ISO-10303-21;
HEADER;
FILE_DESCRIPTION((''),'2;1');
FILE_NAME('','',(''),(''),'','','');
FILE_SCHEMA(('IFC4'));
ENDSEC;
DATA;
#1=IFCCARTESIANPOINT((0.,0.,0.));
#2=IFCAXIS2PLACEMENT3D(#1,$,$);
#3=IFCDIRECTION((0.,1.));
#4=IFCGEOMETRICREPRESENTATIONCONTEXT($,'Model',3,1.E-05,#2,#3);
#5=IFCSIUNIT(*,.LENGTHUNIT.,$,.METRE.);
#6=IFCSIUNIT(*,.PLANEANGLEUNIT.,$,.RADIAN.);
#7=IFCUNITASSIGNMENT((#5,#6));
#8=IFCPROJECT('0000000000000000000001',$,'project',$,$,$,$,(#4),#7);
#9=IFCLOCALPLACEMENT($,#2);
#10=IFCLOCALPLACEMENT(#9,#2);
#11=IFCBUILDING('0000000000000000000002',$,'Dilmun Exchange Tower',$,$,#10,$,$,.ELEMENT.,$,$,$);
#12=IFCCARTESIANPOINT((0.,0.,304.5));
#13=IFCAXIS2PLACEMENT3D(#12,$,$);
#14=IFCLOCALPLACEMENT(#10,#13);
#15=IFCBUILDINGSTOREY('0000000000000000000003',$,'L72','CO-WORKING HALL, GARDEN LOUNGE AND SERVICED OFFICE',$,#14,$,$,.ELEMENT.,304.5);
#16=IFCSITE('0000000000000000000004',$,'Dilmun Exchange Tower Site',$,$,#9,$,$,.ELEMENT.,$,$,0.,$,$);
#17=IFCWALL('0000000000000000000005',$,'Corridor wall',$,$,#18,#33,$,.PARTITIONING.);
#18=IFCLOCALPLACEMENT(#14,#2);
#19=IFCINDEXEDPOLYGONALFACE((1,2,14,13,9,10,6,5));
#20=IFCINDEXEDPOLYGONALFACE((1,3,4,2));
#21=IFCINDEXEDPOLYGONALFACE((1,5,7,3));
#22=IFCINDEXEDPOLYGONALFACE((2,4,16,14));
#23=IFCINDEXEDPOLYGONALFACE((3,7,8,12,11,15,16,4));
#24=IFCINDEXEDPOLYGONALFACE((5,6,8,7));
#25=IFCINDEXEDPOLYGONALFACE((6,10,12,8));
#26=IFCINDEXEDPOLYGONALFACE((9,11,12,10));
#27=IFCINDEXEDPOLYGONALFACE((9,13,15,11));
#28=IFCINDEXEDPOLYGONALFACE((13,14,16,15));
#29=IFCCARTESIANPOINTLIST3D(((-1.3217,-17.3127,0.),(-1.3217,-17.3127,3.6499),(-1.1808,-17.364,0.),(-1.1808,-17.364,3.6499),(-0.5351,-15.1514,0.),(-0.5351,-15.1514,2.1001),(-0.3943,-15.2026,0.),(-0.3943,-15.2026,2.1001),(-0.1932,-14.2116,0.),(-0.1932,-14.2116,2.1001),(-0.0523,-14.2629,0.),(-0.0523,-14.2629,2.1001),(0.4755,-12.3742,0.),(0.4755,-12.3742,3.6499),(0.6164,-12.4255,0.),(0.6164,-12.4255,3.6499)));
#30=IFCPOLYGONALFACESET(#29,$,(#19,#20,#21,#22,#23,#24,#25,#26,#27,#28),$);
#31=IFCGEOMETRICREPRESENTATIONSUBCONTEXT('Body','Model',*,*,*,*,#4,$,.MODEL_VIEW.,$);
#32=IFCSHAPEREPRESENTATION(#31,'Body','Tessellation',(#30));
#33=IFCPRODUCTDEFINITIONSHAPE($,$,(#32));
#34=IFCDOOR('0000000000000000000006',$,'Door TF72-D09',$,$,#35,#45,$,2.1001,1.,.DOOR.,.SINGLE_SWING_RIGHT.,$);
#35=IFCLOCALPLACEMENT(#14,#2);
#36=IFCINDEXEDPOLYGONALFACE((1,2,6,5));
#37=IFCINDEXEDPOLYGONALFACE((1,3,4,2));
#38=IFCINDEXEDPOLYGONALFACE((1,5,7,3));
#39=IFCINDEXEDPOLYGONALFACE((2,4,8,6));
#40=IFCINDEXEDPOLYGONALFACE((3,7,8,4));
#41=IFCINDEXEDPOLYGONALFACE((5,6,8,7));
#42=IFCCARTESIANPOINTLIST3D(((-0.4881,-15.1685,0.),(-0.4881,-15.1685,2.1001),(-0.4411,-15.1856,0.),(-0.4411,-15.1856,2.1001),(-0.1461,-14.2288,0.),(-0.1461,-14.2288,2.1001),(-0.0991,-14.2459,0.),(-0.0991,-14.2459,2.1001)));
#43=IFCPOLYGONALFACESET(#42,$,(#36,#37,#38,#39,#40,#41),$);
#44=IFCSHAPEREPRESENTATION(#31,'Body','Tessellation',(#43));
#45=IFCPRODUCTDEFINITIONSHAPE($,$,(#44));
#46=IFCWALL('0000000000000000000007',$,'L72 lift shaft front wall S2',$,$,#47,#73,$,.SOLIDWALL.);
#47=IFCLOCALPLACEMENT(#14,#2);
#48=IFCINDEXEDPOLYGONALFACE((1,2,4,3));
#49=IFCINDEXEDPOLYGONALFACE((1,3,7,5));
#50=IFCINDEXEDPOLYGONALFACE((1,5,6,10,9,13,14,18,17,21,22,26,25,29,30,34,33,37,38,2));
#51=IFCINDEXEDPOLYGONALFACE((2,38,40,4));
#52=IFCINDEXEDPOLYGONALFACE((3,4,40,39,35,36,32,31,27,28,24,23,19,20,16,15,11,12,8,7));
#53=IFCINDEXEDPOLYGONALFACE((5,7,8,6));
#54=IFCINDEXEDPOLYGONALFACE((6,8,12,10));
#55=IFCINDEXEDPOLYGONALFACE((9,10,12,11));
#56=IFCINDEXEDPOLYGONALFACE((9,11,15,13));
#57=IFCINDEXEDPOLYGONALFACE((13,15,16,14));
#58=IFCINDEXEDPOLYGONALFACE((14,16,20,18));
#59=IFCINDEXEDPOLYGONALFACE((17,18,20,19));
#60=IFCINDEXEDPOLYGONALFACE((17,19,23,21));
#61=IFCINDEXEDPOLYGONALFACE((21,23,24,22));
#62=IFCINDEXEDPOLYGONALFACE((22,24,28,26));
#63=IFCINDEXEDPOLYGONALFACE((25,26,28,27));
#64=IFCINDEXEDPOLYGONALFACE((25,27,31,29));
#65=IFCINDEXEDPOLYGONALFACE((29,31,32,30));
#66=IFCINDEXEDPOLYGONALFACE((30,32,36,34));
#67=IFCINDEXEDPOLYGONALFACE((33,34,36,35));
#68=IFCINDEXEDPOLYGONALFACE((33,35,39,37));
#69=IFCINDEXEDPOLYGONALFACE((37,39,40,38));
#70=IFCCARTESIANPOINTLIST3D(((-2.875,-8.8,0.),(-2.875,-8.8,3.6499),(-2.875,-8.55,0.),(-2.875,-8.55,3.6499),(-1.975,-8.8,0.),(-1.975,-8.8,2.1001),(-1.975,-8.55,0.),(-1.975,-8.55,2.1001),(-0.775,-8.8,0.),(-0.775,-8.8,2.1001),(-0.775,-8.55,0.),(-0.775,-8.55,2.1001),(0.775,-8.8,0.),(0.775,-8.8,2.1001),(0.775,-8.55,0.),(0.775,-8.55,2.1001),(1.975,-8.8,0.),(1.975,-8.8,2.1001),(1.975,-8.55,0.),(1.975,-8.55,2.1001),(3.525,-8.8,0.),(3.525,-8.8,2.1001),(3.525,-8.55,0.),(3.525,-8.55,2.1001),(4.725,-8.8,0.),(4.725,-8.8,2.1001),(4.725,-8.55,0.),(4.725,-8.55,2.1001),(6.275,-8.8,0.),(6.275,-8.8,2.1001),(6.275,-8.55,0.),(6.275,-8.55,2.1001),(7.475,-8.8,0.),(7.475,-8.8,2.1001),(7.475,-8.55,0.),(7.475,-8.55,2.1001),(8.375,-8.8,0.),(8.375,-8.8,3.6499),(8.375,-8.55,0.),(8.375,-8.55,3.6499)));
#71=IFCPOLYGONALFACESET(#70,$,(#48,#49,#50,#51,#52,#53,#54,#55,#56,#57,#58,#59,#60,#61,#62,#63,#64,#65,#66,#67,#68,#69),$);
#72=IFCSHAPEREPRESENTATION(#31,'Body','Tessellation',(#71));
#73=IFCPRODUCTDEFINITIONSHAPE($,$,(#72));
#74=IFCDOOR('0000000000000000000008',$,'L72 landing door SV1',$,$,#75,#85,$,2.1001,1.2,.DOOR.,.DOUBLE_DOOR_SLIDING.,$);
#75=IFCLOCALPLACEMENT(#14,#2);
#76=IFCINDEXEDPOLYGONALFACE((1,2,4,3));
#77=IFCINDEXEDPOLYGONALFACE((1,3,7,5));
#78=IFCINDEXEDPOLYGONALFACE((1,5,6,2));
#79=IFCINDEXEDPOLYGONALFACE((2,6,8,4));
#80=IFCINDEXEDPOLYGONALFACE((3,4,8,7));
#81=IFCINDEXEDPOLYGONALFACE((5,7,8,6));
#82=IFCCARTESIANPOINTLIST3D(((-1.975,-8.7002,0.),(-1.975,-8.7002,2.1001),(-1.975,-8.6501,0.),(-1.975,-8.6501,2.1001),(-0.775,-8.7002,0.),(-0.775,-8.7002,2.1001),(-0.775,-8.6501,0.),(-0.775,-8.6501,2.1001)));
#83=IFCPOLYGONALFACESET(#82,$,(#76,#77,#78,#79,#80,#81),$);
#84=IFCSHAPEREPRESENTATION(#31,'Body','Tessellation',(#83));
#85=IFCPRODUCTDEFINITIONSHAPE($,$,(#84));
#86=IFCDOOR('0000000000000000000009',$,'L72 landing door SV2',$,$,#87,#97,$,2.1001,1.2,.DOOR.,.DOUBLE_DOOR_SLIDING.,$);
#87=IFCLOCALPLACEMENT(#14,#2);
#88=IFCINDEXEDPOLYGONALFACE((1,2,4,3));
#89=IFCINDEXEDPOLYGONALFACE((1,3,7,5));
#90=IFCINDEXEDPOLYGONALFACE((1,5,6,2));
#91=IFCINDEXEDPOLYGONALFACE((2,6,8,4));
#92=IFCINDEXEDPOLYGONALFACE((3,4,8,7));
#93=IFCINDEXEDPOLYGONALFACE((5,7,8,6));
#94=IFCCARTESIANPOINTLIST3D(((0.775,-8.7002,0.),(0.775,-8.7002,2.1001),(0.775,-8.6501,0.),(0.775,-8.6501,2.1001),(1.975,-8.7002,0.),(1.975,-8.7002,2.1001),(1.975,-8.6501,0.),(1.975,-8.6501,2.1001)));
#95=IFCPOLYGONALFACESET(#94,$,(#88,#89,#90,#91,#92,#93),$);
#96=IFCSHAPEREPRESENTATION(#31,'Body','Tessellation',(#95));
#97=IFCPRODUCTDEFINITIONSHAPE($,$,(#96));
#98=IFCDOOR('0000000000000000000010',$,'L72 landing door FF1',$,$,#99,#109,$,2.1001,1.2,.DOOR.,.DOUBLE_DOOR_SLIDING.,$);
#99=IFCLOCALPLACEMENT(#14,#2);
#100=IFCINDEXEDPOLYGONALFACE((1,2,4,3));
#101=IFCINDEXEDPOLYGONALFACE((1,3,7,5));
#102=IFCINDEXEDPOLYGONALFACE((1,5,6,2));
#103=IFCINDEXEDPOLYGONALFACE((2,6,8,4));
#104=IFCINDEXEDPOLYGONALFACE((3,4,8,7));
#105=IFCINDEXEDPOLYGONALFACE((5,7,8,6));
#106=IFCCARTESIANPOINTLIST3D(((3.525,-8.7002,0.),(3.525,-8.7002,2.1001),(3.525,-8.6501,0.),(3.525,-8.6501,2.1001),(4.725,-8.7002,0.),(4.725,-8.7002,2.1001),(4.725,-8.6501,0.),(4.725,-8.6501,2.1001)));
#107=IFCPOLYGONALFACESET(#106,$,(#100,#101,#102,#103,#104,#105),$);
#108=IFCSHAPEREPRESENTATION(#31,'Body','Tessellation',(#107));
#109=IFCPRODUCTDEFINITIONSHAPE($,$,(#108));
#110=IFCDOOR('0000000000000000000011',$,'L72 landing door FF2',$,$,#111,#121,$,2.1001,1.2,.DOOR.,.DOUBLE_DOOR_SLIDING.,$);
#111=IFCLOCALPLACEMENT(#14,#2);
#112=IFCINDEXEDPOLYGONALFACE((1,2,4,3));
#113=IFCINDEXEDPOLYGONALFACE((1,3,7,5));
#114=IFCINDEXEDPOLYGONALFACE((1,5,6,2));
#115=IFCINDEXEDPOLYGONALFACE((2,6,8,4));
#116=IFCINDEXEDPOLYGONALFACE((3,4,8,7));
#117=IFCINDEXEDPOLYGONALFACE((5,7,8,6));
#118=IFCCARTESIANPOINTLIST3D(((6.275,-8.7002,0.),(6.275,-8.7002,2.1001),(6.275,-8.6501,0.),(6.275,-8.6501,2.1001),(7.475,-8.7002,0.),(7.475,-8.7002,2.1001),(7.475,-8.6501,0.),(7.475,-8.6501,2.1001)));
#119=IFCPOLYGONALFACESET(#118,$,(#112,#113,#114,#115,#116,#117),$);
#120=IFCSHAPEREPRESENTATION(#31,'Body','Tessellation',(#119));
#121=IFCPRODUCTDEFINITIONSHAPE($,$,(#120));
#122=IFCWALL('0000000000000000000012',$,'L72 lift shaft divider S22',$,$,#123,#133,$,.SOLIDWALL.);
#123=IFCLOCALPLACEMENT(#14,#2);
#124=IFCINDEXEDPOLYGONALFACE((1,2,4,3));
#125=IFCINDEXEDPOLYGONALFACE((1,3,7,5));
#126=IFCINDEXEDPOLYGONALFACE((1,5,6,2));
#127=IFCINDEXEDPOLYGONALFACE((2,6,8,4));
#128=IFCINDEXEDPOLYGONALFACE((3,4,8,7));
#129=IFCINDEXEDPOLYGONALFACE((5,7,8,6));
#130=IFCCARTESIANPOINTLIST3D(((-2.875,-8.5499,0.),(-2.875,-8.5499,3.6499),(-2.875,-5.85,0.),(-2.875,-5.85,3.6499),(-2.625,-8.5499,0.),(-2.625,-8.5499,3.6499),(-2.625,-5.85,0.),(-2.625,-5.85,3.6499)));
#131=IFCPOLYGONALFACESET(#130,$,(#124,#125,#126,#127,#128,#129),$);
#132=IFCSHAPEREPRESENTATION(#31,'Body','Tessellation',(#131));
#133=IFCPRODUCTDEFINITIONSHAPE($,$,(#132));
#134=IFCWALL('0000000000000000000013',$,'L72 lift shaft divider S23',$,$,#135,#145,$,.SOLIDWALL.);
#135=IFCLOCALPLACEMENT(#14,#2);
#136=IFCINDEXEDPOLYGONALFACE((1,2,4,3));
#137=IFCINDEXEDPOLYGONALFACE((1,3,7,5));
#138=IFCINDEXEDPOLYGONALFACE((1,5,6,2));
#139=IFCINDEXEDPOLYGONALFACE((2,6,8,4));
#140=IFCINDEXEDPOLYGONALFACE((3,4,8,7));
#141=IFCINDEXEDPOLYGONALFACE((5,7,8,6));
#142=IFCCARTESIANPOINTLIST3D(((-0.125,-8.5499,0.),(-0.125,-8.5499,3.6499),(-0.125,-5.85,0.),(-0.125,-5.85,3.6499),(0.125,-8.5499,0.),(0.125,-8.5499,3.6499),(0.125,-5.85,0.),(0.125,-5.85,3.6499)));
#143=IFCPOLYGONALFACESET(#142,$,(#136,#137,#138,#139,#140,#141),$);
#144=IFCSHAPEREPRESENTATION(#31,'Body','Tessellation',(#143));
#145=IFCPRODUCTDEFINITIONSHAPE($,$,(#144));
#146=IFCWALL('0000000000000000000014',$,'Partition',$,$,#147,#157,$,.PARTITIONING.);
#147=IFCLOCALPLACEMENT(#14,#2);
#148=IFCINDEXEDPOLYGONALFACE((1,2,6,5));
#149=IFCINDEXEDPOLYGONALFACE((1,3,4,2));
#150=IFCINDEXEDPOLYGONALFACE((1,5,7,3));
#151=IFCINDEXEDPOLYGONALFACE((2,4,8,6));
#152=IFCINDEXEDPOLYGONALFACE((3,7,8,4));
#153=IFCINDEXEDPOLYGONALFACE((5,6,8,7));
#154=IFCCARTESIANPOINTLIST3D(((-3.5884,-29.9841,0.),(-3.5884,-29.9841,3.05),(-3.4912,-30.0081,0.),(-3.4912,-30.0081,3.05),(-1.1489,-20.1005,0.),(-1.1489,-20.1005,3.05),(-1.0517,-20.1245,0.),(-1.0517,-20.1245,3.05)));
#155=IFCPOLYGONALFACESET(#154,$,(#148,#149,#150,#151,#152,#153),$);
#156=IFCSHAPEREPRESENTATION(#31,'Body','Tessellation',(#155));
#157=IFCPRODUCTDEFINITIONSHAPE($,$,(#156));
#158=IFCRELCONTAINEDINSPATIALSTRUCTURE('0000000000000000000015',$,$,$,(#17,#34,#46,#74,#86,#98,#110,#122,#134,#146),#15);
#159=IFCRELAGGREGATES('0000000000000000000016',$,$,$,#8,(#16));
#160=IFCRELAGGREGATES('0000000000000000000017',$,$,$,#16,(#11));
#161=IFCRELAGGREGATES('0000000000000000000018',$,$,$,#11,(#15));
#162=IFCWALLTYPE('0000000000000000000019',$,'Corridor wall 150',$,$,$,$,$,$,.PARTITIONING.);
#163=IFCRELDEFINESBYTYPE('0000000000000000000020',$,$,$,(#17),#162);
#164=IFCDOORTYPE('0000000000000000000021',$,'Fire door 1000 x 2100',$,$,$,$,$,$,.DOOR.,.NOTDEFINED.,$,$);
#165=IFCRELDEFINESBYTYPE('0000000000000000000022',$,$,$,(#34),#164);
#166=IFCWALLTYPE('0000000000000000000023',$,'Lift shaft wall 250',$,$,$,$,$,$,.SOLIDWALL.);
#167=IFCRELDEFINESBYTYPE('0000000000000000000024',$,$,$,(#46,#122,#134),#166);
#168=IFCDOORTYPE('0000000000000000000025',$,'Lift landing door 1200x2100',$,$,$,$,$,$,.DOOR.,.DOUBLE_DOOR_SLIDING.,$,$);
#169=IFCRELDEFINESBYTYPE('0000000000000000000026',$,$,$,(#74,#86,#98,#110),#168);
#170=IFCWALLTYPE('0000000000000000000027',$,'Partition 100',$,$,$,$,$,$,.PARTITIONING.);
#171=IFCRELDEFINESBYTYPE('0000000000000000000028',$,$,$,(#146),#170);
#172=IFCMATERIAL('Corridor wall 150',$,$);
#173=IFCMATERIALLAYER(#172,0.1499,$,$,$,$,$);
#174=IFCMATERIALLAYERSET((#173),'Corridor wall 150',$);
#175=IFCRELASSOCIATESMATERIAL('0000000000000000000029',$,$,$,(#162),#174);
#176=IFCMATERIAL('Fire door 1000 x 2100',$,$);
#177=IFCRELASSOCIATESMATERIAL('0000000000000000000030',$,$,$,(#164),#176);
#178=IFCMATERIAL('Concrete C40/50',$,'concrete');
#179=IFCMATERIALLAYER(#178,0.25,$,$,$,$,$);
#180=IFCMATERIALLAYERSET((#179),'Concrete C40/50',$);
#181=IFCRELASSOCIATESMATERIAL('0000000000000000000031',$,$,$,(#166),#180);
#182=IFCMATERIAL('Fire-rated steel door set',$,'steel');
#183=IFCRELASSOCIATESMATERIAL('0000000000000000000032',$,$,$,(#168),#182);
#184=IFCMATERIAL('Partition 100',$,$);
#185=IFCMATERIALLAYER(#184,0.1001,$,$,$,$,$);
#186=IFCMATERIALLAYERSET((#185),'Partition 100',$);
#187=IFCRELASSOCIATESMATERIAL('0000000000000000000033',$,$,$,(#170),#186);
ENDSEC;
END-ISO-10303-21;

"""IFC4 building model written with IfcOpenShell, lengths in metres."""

from ifc_helpers import new_model, si_unit, direction, frame, frame_2d, origin, place, context, subcontext, project, spatial, rectangle, extrude, material, layer, layer_set, type_object, element, fill, save


model = new_model("IFC4")

# Units and contexts
model_context = context("Model", 3, precision=1e-05, world=origin(), true_north=direction((0.0, 1.0)))
body_context = subcontext(model_context, "Body", "Model", "MODEL_VIEW")
ifc_project = project(units=[si_unit("LENGTHUNIT", "METRE"), si_unit("PLANEANGLEUNIT", "RADIAN")], contexts=[model_context])

# Site, building, storey
site_placement = place(None, origin())
site = spatial("IfcSite", under=ifc_project, at=site_placement, Name="Dilmun Exchange Tower Site", CompositionType="ELEMENT", RefElevation=0.0)
building_placement = place(site_placement, origin())
building = spatial("IfcBuilding", under=site, at=building_placement, Name="Dilmun Exchange Tower", CompositionType="ELEMENT")
storey_placement = place(building_placement, frame((0.0, 0.0, 304.5)))
storey = spatial("IfcBuildingStorey", under=building, at=storey_placement, Name="L72", Description="CO-WORKING HALL, GARDEN LOUNGE AND SERVICED OFFICE", CompositionType="ELEMENT", Elevation=304.5)

# Shared definitions
ifc_material_1 = material(Name="Concrete C40/50", Category="concrete")

# Shared definitions
ifc_material_2 = material(Name="Fire-rated steel door set", Category="steel")

# Wall, opening, door
ifc_material_3 = material(Name="Corridor wall 150")
ifc_layer_1 = layer(ifc_material_3, 0.1499)
ifc_layer_set_1 = layer_set([ifc_layer_1], Name="Corridor wall 150")
wall_type_1 = type_object("IfcWallType", Name="Corridor wall 150", PredefinedType="PARTITIONING", material=ifc_layer_set_1)
wall_1_placement = place(storey_placement, frame((-1.2512, -17.3384, 0.0), z_axis=(0.0, 0.0, 1.0), x_axis=(0.341963, 0.939713, 0.0)))
wall_1 = element("IfcWall", 1, at=wall_1_placement, inside=storey, type_object=wall_type_1, Name="Corridor wall", PredefinedType="PARTITIONING", context=body_context, shape_type="SweptSolid", body=[
    extrude(rectangle(XDim=5.2554, YDim=0.1499, at=frame_2d((2.6277, 0.0))), origin(), (0.0, 0.0, 1.0), 3.6499),
])
opening_1_placement = place(wall_1_placement, frame((2.3, 0.0, 0.0)))
opening_1 = element("IfcOpeningElement", 2, at=opening_1_placement, cuts=wall_1, PredefinedType="OPENING", context=body_context, shape_type="SweptSolid", body=[
    extrude(rectangle(XDim=1.0, YDim=2.1001, at=frame_2d((0.5, 1.05))), frame((0.0, 0.085, 0.0), z_axis=(0.0, -1.0, 0.0), x_axis=(1.0, 0.0, 0.0)), (0.0, 0.0, 1.0), 0.1699),
])
ifc_material_4 = material(Name="Fire door 1000 x 2100")
door_type_1 = type_object("IfcDoorType", Name="Fire door 1000 x 2100", OperationType="NOTDEFINED", PredefinedType="DOOR", material=ifc_material_4)
door_1_placement = place(opening_1_placement, origin())
door_1 = element("IfcDoor", 3, at=door_1_placement, inside=storey, type_object=door_type_1, Name="Door TF72-D09", OperationType="SINGLE_SWING_RIGHT", OverallHeight=2.1001, OverallWidth=1.0, PredefinedType="DOOR", context=body_context, shape_type="SweptSolid", body=[
    extrude(rectangle(XDim=1.0, YDim=2.1001, at=frame_2d((0.5, 1.05))), frame((0.0, 0.0249, 0.0), z_axis=(0.0, -1.0, 0.0), x_axis=(1.0, 0.0, 0.0)), (0.0, 0.0, 1.0), 0.05),
])
fill(opening_1, door_1)

# Wall, openings, doors
ifc_layer_2 = layer(ifc_material_1, 0.25)
ifc_layer_set_2 = layer_set([ifc_layer_2], Name="Concrete C40/50")
wall_type_2 = type_object("IfcWallType", Name="Lift shaft wall 250", PredefinedType="SOLIDWALL", material=ifc_layer_set_2)
wall_2_placement = place(storey_placement, frame((-2.875, -8.675, 0.0), z_axis=(0.0, 0.0, 1.0), x_axis=(1.0, 0.0, 0.0)))
wall_2 = element("IfcWall", 4, at=wall_2_placement, inside=storey, type_object=wall_type_2, Name="L72 lift shaft front wall S2", PredefinedType="SOLIDWALL", context=body_context, shape_type="SweptSolid", body=[
    extrude(rectangle(XDim=11.25, YDim=0.25, at=frame_2d((5.625, 0.0))), origin(), (0.0, 0.0, 1.0), 3.6499),
])
opening_2_placement = place(wall_2_placement, frame((0.8999, 0.0, 0.0)))
opening_2 = element("IfcOpeningElement", 5, at=opening_2_placement, cuts=wall_2, PredefinedType="OPENING", context=body_context, shape_type="SweptSolid", body=[
    extrude(rectangle(XDim=1.2, YDim=2.1001, at=frame_2d((0.6001, 1.05))), frame((0.0, 0.135, 0.0), z_axis=(0.0, -1.0, 0.0), x_axis=(1.0, 0.0, 0.0)), (0.0, 0.0, 1.0), 0.27),
])
opening_3_placement = place(wall_2_placement, frame((3.6499, 0.0, 0.0)))
opening_3 = element("IfcOpeningElement", 6, at=opening_3_placement, cuts=wall_2, PredefinedType="OPENING", context=body_context, shape_type="SweptSolid", body=[
    extrude(rectangle(XDim=1.2, YDim=2.1001, at=frame_2d((0.6001, 1.05))), frame((0.0, 0.135, 0.0), z_axis=(0.0, -1.0, 0.0), x_axis=(1.0, 0.0, 0.0)), (0.0, 0.0, 1.0), 0.27),
])
opening_4_placement = place(wall_2_placement, frame((6.3999, 0.0, 0.0)))
opening_4 = element("IfcOpeningElement", 7, at=opening_4_placement, cuts=wall_2, PredefinedType="OPENING", context=body_context, shape_type="SweptSolid", body=[
    extrude(rectangle(XDim=1.2, YDim=2.1001, at=frame_2d((0.6001, 1.05))), frame((0.0, 0.135, 0.0), z_axis=(0.0, -1.0, 0.0), x_axis=(1.0, 0.0, 0.0)), (0.0, 0.0, 1.0), 0.27),
])
opening_5_placement = place(wall_2_placement, frame((9.1499, 0.0, 0.0)))
opening_5 = element("IfcOpeningElement", 8, at=opening_5_placement, cuts=wall_2, PredefinedType="OPENING", context=body_context, shape_type="SweptSolid", body=[
    extrude(rectangle(XDim=1.2, YDim=2.1001, at=frame_2d((0.6001, 1.05))), frame((0.0, 0.135, 0.0), z_axis=(0.0, -1.0, 0.0), x_axis=(1.0, 0.0, 0.0)), (0.0, 0.0, 1.0), 0.27),
])
door_type_2 = type_object("IfcDoorType", Name="Lift landing door 1200x2100", OperationType="DOUBLE_DOOR_SLIDING", PredefinedType="DOOR", material=ifc_material_2)
door_2_placement = place(opening_2_placement, origin())
door_2 = element("IfcDoor", 9, at=door_2_placement, inside=storey, type_object=door_type_2, Name="L72 landing door SV1", OperationType="DOUBLE_DOOR_SLIDING", OverallHeight=2.1001, OverallWidth=1.2, PredefinedType="DOOR", context=body_context, shape_type="SweptSolid", body=[
    extrude(rectangle(XDim=1.2, YDim=2.1001, at=frame_2d((0.6001, 1.05))), frame((0.0, 0.0249, 0.0), z_axis=(0.0, -1.0, 0.0), x_axis=(1.0, 0.0, 0.0)), (0.0, 0.0, 1.0), 0.05),
])
fill(opening_2, door_2)
door_3_placement = place(opening_3_placement, origin())
door_3 = element("IfcDoor", 10, at=door_3_placement, inside=storey, type_object=door_type_2, Name="L72 landing door SV2", OperationType="DOUBLE_DOOR_SLIDING", OverallHeight=2.1001, OverallWidth=1.2, PredefinedType="DOOR", context=body_context, shape_type="SweptSolid", body=[
    extrude(rectangle(XDim=1.2, YDim=2.1001, at=frame_2d((0.6001, 1.05))), frame((0.0, 0.0249, 0.0), z_axis=(0.0, -1.0, 0.0), x_axis=(1.0, 0.0, 0.0)), (0.0, 0.0, 1.0), 0.05),
])
fill(opening_3, door_3)
door_4_placement = place(opening_4_placement, origin())
door_4 = element("IfcDoor", 11, at=door_4_placement, inside=storey, type_object=door_type_2, Name="L72 landing door FF1", OperationType="DOUBLE_DOOR_SLIDING", OverallHeight=2.1001, OverallWidth=1.2, PredefinedType="DOOR", context=body_context, shape_type="SweptSolid", body=[
    extrude(rectangle(XDim=1.2, YDim=2.1001, at=frame_2d((0.6001, 1.05))), frame((0.0, 0.0249, 0.0), z_axis=(0.0, -1.0, 0.0), x_axis=(1.0, 0.0, 0.0)), (0.0, 0.0, 1.0), 0.05),
])
fill(opening_4, door_4)
door_5_placement = place(opening_5_placement, origin())
door_5 = element("IfcDoor", 12, at=door_5_placement, inside=storey, type_object=door_type_2, Name="L72 landing door FF2", OperationType="DOUBLE_DOOR_SLIDING", OverallHeight=2.1001, OverallWidth=1.2, PredefinedType="DOOR", context=body_context, shape_type="SweptSolid", body=[
    extrude(rectangle(XDim=1.2, YDim=2.1001, at=frame_2d((0.6001, 1.05))), frame((0.0, 0.0249, 0.0), z_axis=(0.0, -1.0, 0.0), x_axis=(1.0, 0.0, 0.0)), (0.0, 0.0, 1.0), 0.05),
])
fill(opening_5, door_5)

# Walls
for number, where, z_axis, x_axis, name in (
    (13, (-2.75, -8.55, 0.0), (0.0, 0.0, 1.0), (0.0, 1.0, 0.0), "L72 lift shaft divider S22"),
    (14, (0.0, -8.55, 0.0), (0.0, 0.0, 1.0), (0.0, 1.0, 0.0), "L72 lift shaft divider S23"),
):
    element("IfcWall", number, at=place(storey_placement, frame(where, z_axis=z_axis, x_axis=x_axis)), inside=storey, type_object=wall_type_2, Name=name, PredefinedType="SOLIDWALL", context=body_context, shape_type="SweptSolid", body=[
        extrude(rectangle(XDim=2.7, YDim=0.25, at=frame_2d((1.3501, 0.0))), origin(), (0.0, 0.0, 1.0), 3.6499),
    ])
ifc_material_5 = material(Name="Partition 100")
ifc_layer_3 = layer(ifc_material_5, 0.1001)
ifc_layer_set_3 = layer_set([ifc_layer_3], Name="Partition 100")
wall_type_3 = type_object("IfcWallType", Name="Partition 100", PredefinedType="PARTITIONING", material=ifc_layer_set_3)
wall_3_placement = place(storey_placement, frame((-3.5398, -29.9961, 0.0), z_axis=(0.0, 0.0, 1.0), x_axis=(0.239628, 0.970865, 0.0)))
element("IfcWall", 15, at=wall_3_placement, inside=storey, type_object=wall_type_3, Name="Partition", PredefinedType="PARTITIONING", context=body_context, shape_type="SweptSolid", body=[
    extrude(rectangle(XDim=10.1802, YDim=0.1001, at=frame_2d((5.0901, 0.0))), origin(), (0.0, 0.0, 1.0), 3.05),
])

save(model, "model.ifc")
